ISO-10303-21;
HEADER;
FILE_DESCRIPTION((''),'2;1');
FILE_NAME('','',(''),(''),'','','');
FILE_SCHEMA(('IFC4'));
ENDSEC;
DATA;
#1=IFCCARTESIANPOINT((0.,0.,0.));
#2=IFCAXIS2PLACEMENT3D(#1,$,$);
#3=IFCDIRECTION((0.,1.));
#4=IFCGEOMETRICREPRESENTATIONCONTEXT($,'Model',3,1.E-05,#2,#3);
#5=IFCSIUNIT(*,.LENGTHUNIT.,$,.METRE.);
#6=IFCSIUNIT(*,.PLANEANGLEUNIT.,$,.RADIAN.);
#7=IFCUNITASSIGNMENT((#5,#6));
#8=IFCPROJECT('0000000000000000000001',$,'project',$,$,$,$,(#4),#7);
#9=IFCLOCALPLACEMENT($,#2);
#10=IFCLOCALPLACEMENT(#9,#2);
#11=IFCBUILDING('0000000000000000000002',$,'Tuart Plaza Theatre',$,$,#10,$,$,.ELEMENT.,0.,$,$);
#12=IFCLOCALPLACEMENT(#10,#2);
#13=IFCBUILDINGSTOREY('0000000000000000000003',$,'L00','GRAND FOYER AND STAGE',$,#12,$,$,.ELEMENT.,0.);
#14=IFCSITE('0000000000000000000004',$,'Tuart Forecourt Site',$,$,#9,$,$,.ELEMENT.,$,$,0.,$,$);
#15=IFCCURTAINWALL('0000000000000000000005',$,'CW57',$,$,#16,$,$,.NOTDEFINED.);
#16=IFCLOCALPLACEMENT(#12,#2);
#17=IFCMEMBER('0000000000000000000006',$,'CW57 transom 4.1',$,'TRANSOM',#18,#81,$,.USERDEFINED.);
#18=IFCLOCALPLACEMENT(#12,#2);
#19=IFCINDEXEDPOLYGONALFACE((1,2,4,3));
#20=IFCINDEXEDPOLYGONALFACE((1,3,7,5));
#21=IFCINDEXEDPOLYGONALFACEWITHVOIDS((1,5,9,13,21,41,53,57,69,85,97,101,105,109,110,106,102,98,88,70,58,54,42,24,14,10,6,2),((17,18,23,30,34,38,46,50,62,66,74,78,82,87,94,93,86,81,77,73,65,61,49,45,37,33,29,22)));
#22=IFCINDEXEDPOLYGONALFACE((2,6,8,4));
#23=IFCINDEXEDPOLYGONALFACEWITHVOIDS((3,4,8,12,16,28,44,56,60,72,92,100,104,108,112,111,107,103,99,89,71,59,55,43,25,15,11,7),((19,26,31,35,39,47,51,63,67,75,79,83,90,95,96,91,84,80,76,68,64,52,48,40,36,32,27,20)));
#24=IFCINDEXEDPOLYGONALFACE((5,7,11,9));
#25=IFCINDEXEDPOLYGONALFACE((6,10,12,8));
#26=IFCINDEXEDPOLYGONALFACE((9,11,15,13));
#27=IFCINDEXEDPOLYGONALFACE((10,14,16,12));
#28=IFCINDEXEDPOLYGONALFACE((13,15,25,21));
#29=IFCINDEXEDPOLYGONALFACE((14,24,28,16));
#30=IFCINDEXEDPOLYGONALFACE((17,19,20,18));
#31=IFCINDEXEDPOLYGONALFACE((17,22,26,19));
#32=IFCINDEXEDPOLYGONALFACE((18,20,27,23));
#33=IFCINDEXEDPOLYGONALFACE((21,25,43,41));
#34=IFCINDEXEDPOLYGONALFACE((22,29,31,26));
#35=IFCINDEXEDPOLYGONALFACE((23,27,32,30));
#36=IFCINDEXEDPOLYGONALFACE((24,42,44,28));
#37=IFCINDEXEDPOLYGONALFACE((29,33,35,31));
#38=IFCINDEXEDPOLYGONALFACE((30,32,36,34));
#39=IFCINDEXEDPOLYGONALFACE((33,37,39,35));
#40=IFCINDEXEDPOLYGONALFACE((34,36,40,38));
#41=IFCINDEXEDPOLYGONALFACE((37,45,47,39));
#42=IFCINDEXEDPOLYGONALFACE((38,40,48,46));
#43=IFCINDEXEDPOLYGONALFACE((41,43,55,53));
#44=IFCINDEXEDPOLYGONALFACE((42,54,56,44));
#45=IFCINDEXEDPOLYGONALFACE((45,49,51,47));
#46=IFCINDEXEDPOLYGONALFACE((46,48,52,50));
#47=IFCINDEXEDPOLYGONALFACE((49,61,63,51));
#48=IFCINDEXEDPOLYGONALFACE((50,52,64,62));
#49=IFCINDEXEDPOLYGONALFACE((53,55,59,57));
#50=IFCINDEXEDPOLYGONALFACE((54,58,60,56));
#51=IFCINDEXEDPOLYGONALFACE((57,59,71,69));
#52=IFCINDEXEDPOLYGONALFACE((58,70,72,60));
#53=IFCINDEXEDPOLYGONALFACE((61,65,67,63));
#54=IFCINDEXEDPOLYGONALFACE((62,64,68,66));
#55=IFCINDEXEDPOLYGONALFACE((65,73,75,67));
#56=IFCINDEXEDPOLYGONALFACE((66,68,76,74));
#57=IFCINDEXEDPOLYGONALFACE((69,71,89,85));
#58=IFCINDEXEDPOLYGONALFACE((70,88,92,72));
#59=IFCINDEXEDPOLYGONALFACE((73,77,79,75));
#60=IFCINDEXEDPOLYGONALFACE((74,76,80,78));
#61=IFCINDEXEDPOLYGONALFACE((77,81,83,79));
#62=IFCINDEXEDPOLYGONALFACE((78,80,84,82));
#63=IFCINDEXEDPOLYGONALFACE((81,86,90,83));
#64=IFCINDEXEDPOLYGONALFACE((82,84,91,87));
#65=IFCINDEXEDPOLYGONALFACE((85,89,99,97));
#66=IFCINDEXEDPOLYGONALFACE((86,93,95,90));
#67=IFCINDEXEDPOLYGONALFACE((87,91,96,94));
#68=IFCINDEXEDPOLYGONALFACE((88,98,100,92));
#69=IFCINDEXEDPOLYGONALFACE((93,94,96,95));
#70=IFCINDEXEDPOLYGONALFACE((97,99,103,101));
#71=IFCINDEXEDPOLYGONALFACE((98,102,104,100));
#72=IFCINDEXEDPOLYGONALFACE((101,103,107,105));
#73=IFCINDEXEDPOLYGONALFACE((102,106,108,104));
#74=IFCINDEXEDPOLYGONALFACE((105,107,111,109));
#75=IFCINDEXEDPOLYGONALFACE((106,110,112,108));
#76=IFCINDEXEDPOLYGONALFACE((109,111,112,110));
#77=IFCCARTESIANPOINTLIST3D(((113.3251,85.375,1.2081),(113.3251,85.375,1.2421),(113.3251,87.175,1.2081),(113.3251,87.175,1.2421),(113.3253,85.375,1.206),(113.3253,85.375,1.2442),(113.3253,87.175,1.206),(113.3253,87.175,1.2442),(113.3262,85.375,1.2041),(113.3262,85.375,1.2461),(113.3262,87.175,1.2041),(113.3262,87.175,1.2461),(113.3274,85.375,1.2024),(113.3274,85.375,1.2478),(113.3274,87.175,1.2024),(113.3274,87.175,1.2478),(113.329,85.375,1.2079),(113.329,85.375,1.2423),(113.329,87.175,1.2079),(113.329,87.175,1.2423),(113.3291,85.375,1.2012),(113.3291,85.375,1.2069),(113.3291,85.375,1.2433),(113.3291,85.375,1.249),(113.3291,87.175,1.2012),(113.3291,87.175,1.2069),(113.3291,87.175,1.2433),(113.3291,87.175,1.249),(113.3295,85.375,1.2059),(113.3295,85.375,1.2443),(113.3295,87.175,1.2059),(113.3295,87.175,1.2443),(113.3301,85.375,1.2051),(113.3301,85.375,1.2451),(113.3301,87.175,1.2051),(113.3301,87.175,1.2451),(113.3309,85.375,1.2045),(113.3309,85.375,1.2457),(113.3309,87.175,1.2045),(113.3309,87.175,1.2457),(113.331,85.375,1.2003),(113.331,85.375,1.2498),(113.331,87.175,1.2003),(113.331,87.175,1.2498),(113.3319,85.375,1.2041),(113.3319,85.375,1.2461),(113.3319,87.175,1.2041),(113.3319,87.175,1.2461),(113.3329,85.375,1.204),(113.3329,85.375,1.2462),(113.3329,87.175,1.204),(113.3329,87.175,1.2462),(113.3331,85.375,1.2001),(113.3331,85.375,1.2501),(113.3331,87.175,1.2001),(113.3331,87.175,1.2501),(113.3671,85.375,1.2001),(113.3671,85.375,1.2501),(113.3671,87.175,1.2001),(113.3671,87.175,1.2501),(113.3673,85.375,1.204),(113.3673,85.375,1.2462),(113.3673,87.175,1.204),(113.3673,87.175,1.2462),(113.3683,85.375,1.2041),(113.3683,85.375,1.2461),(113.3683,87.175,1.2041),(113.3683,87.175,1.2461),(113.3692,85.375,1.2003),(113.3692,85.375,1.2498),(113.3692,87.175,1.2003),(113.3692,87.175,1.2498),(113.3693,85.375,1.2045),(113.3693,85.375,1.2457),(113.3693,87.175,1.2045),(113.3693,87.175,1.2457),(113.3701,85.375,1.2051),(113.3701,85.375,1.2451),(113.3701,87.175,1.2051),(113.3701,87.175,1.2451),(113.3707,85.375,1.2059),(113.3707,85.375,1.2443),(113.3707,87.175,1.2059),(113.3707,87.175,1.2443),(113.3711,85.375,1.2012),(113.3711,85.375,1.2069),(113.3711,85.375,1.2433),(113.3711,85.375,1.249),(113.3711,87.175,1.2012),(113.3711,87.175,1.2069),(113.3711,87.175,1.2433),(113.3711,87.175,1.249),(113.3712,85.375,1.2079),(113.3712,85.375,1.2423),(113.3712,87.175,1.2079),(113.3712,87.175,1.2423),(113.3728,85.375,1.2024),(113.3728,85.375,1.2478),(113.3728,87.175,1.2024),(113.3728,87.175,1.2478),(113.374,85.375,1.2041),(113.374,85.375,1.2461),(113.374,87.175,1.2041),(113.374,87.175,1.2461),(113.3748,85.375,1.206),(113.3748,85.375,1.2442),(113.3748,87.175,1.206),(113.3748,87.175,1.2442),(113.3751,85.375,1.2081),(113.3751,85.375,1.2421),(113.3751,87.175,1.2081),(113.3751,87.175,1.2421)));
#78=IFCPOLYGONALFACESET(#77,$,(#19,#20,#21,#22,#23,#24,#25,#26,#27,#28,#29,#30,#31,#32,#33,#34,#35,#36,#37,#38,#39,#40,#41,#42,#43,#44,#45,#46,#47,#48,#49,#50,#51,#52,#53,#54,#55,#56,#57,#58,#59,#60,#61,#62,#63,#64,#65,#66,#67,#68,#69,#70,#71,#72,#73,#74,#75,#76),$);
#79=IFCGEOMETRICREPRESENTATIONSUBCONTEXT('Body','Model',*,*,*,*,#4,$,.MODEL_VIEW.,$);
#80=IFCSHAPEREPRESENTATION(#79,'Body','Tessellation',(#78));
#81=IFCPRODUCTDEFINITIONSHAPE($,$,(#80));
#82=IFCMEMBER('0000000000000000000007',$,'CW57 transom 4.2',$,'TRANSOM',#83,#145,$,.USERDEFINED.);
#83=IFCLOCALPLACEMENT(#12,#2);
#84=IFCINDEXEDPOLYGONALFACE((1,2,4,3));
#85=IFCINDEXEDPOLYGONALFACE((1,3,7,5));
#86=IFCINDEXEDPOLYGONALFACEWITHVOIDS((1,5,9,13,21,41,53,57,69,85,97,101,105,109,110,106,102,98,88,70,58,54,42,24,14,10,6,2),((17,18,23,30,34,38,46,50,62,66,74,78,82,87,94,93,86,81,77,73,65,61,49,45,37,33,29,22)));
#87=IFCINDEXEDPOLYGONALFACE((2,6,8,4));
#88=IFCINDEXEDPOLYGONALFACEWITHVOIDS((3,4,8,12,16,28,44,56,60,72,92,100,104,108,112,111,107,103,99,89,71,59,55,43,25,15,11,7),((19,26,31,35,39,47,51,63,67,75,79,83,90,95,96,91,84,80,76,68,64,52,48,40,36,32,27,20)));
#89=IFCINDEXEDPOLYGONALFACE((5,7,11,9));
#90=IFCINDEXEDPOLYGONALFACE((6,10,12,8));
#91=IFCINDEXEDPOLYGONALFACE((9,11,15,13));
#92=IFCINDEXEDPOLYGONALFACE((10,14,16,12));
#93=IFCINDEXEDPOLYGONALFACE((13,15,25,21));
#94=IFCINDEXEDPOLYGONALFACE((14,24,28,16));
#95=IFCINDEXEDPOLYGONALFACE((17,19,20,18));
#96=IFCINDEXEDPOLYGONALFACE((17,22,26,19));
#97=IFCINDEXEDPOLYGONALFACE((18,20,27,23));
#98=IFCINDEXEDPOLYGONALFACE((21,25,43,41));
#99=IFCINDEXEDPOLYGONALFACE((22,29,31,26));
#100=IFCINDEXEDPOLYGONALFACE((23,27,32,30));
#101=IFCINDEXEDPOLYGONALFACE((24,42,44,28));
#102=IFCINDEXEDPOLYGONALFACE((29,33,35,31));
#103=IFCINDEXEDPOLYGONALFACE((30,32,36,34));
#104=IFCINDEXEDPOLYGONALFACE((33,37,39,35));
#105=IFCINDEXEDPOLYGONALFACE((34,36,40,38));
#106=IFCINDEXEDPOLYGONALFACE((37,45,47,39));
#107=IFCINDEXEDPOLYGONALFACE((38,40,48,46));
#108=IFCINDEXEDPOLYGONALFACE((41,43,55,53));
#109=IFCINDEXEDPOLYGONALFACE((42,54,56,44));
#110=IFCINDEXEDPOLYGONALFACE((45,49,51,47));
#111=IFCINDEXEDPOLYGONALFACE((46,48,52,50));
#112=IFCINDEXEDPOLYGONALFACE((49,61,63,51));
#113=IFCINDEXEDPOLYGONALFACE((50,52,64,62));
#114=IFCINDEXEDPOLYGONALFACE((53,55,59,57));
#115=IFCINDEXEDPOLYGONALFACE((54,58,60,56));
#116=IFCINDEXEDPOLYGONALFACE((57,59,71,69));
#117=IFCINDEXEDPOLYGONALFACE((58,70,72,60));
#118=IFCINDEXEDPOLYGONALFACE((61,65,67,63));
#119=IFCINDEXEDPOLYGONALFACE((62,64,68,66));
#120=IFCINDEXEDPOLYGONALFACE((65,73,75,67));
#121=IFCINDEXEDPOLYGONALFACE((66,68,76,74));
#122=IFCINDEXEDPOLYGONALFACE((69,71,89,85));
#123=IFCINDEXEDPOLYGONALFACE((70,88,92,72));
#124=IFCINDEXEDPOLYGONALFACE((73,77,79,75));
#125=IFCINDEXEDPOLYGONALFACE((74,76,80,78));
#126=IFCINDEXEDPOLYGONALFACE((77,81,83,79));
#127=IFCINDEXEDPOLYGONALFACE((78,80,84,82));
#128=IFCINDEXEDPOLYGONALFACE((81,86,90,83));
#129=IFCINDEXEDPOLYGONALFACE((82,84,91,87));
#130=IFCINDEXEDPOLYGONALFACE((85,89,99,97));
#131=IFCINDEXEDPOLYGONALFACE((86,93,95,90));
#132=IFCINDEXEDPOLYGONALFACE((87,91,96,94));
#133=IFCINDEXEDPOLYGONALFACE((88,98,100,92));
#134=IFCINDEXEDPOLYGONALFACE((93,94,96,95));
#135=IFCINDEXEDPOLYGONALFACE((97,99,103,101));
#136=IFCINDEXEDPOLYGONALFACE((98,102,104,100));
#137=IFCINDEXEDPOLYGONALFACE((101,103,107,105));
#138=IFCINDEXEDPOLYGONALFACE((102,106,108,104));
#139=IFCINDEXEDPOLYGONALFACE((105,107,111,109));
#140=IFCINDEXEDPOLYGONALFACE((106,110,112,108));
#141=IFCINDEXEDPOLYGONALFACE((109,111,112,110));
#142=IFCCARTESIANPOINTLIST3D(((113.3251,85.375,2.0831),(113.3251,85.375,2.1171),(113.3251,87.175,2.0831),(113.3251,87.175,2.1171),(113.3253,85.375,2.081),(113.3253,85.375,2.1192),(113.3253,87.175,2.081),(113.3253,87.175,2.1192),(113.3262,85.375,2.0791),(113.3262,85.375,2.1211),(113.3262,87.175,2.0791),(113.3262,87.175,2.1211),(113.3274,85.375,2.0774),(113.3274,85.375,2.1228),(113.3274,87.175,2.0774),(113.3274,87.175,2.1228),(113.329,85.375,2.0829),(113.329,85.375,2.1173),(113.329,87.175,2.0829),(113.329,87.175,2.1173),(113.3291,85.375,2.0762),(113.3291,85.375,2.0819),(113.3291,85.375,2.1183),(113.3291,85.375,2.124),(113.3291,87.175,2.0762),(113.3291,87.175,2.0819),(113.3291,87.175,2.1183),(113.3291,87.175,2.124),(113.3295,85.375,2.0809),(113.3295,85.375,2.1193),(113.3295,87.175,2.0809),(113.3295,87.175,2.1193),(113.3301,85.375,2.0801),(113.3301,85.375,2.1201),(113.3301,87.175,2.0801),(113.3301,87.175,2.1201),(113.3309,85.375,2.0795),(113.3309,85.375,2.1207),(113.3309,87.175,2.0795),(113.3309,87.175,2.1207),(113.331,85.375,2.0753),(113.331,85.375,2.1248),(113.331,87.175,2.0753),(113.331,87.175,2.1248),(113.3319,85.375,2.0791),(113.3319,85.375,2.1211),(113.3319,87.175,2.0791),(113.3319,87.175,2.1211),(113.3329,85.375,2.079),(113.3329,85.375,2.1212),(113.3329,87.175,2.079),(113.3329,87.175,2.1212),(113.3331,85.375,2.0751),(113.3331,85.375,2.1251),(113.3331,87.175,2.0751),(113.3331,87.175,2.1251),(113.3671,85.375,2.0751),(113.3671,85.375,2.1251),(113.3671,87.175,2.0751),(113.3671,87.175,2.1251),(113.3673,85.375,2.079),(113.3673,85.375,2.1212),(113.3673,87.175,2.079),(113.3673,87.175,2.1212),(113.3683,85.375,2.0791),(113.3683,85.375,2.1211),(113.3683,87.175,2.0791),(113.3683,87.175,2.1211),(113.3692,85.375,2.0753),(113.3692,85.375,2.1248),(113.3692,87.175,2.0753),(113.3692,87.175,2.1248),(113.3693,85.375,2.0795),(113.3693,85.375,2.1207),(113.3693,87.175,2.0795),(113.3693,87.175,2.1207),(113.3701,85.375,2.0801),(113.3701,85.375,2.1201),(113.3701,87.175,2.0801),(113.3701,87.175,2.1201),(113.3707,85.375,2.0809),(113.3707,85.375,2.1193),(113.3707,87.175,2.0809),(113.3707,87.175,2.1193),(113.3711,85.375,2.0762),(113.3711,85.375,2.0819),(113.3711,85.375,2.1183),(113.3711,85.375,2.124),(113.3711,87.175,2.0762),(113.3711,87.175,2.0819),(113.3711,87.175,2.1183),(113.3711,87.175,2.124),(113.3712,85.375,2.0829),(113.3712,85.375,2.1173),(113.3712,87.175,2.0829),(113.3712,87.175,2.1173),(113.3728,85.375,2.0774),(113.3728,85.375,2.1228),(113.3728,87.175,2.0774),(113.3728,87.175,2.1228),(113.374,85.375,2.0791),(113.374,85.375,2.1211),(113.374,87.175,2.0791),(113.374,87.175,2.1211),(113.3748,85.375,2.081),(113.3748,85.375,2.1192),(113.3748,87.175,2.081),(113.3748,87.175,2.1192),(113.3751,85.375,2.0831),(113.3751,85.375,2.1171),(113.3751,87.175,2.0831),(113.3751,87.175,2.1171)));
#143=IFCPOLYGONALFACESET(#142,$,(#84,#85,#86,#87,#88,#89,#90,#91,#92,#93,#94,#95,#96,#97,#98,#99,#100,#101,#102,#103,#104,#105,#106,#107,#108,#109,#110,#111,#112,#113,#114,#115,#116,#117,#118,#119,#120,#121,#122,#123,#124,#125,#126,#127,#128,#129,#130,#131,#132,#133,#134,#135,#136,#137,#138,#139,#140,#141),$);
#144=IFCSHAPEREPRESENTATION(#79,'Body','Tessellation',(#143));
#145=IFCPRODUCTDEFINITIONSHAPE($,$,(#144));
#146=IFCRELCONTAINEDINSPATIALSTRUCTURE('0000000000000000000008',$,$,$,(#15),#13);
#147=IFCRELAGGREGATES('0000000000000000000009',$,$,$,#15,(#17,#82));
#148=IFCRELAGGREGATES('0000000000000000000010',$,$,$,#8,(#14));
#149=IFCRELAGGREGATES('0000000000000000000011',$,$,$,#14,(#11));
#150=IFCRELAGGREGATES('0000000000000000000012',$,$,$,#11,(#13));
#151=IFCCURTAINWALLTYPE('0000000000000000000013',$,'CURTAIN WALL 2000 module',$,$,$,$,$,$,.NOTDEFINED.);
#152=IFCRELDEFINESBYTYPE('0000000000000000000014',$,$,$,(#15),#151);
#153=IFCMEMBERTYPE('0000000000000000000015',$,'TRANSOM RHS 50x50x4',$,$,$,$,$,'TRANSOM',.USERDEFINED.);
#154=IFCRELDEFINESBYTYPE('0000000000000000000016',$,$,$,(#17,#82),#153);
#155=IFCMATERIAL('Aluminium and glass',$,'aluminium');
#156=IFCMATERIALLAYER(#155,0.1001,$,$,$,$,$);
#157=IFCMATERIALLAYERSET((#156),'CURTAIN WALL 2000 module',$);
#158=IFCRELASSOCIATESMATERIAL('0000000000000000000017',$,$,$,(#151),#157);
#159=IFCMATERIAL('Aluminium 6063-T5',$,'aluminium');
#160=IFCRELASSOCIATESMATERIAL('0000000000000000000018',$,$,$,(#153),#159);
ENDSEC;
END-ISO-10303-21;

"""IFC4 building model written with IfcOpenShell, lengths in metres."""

from ifc_helpers import new_model, si_unit, direction, frame, origin, origin_2d, place, context, subcontext, project, spatial, hollow_rectangle, extrude, material, layer, layer_set, material_profile, profile_set, type_object, element, aggregate, save


model = new_model("IFC4")

# Units and contexts
model_context = context("Model", 3, precision=1e-05, world=origin(), true_north=direction((0.0, 1.0)))
body_context = subcontext(model_context, "Body", "Model", "MODEL_VIEW")
ifc_project = project(units=[si_unit("LENGTHUNIT", "METRE"), si_unit("PLANEANGLEUNIT", "RADIAN")], contexts=[model_context])

# Site, building, storey
site_placement = place(None, origin())
site = spatial("IfcSite", under=ifc_project, at=site_placement, Name="Tuart Forecourt Site", CompositionType="ELEMENT", RefElevation=0.0)
building_placement = place(site_placement, origin())
building = spatial("IfcBuilding", under=site, at=building_placement, Name="Tuart Plaza Theatre", CompositionType="ELEMENT", ElevationOfRefHeight=0.0)
storey_placement = place(building_placement, origin())
storey = spatial("IfcBuildingStorey", under=building, at=storey_placement, Name="L00", Description="GRAND FOYER AND STAGE", CompositionType="ELEMENT", Elevation=0.0)

# Curtain wall, members
ifc_material_1 = material(Name="Aluminium and glass", Category="aluminium")
ifc_layer_1 = layer(ifc_material_1, 0.1001)
ifc_layer_set_1 = layer_set([ifc_layer_1], Name="CURTAIN WALL 2000 module")
curtain_wall_type = type_object("IfcCurtainWallType", Name="CURTAIN WALL 2000 module", PredefinedType="NOTDEFINED", material=ifc_layer_set_1)
curtain_wall_placement = place(storey_placement, origin())
curtain_wall = element("IfcCurtainWall", 1, at=curtain_wall_placement, inside=storey, type_object=curtain_wall_type, Name="CW57", PredefinedType="NOTDEFINED")
ifc_material_2 = material(Name="Aluminium 6063-T5", Category="aluminium")
ifc_material_profile_1 = material_profile(ifc_material_2, hollow_rectangle(XDim=0.05, YDim=0.05, WallThickness=0.0039, InnerFilletRadius=0.0039, OuterFilletRadius=0.0081, at=origin_2d()), Name="RHS 50x50x4")
ifc_profile_set_1 = profile_set([ifc_material_profile_1], Name="Aluminium 6063-T5")
member_type_1 = type_object("IfcMemberType", Name="TRANSOM RHS 50x50x4", ElementType="TRANSOM", PredefinedType="USERDEFINED", material=ifc_profile_set_1)
member_1_placement = place(storey_placement, frame((113.3501, 87.175, 1.2251), z_axis=(0.0, -1.0, 0.0), x_axis=(1.0, 0.0, 0.0)))
member_1 = element("IfcMember", 2, at=member_1_placement, type_object=member_type_1, Name="CW57 transom 4.1", ObjectType="TRANSOM", PredefinedType="USERDEFINED", context=body_context, shape_type="SweptSolid", body=[
    extrude(hollow_rectangle(XDim=0.05, YDim=0.05, WallThickness=0.0039, InnerFilletRadius=0.0039, OuterFilletRadius=0.0081, at=origin_2d()), origin(), (0.0, 0.0, 1.0), 1.8),
])
member_2_placement = place(storey_placement, frame((113.3501, 87.175, 2.1001), z_axis=(0.0, -1.0, 0.0), x_axis=(1.0, 0.0, 0.0)))
member_2 = element("IfcMember", 3, at=member_2_placement, type_object=member_type_1, Name="CW57 transom 4.2", ObjectType="TRANSOM", PredefinedType="USERDEFINED", context=body_context, shape_type="SweptSolid", body=[
    extrude(hollow_rectangle(XDim=0.05, YDim=0.05, WallThickness=0.0039, InnerFilletRadius=0.0039, OuterFilletRadius=0.0081, at=origin_2d()), origin(), (0.0, 0.0, 1.0), 1.8),
])
aggregate(curtain_wall, [member_1, member_2])

save(model, "model.ifc")
